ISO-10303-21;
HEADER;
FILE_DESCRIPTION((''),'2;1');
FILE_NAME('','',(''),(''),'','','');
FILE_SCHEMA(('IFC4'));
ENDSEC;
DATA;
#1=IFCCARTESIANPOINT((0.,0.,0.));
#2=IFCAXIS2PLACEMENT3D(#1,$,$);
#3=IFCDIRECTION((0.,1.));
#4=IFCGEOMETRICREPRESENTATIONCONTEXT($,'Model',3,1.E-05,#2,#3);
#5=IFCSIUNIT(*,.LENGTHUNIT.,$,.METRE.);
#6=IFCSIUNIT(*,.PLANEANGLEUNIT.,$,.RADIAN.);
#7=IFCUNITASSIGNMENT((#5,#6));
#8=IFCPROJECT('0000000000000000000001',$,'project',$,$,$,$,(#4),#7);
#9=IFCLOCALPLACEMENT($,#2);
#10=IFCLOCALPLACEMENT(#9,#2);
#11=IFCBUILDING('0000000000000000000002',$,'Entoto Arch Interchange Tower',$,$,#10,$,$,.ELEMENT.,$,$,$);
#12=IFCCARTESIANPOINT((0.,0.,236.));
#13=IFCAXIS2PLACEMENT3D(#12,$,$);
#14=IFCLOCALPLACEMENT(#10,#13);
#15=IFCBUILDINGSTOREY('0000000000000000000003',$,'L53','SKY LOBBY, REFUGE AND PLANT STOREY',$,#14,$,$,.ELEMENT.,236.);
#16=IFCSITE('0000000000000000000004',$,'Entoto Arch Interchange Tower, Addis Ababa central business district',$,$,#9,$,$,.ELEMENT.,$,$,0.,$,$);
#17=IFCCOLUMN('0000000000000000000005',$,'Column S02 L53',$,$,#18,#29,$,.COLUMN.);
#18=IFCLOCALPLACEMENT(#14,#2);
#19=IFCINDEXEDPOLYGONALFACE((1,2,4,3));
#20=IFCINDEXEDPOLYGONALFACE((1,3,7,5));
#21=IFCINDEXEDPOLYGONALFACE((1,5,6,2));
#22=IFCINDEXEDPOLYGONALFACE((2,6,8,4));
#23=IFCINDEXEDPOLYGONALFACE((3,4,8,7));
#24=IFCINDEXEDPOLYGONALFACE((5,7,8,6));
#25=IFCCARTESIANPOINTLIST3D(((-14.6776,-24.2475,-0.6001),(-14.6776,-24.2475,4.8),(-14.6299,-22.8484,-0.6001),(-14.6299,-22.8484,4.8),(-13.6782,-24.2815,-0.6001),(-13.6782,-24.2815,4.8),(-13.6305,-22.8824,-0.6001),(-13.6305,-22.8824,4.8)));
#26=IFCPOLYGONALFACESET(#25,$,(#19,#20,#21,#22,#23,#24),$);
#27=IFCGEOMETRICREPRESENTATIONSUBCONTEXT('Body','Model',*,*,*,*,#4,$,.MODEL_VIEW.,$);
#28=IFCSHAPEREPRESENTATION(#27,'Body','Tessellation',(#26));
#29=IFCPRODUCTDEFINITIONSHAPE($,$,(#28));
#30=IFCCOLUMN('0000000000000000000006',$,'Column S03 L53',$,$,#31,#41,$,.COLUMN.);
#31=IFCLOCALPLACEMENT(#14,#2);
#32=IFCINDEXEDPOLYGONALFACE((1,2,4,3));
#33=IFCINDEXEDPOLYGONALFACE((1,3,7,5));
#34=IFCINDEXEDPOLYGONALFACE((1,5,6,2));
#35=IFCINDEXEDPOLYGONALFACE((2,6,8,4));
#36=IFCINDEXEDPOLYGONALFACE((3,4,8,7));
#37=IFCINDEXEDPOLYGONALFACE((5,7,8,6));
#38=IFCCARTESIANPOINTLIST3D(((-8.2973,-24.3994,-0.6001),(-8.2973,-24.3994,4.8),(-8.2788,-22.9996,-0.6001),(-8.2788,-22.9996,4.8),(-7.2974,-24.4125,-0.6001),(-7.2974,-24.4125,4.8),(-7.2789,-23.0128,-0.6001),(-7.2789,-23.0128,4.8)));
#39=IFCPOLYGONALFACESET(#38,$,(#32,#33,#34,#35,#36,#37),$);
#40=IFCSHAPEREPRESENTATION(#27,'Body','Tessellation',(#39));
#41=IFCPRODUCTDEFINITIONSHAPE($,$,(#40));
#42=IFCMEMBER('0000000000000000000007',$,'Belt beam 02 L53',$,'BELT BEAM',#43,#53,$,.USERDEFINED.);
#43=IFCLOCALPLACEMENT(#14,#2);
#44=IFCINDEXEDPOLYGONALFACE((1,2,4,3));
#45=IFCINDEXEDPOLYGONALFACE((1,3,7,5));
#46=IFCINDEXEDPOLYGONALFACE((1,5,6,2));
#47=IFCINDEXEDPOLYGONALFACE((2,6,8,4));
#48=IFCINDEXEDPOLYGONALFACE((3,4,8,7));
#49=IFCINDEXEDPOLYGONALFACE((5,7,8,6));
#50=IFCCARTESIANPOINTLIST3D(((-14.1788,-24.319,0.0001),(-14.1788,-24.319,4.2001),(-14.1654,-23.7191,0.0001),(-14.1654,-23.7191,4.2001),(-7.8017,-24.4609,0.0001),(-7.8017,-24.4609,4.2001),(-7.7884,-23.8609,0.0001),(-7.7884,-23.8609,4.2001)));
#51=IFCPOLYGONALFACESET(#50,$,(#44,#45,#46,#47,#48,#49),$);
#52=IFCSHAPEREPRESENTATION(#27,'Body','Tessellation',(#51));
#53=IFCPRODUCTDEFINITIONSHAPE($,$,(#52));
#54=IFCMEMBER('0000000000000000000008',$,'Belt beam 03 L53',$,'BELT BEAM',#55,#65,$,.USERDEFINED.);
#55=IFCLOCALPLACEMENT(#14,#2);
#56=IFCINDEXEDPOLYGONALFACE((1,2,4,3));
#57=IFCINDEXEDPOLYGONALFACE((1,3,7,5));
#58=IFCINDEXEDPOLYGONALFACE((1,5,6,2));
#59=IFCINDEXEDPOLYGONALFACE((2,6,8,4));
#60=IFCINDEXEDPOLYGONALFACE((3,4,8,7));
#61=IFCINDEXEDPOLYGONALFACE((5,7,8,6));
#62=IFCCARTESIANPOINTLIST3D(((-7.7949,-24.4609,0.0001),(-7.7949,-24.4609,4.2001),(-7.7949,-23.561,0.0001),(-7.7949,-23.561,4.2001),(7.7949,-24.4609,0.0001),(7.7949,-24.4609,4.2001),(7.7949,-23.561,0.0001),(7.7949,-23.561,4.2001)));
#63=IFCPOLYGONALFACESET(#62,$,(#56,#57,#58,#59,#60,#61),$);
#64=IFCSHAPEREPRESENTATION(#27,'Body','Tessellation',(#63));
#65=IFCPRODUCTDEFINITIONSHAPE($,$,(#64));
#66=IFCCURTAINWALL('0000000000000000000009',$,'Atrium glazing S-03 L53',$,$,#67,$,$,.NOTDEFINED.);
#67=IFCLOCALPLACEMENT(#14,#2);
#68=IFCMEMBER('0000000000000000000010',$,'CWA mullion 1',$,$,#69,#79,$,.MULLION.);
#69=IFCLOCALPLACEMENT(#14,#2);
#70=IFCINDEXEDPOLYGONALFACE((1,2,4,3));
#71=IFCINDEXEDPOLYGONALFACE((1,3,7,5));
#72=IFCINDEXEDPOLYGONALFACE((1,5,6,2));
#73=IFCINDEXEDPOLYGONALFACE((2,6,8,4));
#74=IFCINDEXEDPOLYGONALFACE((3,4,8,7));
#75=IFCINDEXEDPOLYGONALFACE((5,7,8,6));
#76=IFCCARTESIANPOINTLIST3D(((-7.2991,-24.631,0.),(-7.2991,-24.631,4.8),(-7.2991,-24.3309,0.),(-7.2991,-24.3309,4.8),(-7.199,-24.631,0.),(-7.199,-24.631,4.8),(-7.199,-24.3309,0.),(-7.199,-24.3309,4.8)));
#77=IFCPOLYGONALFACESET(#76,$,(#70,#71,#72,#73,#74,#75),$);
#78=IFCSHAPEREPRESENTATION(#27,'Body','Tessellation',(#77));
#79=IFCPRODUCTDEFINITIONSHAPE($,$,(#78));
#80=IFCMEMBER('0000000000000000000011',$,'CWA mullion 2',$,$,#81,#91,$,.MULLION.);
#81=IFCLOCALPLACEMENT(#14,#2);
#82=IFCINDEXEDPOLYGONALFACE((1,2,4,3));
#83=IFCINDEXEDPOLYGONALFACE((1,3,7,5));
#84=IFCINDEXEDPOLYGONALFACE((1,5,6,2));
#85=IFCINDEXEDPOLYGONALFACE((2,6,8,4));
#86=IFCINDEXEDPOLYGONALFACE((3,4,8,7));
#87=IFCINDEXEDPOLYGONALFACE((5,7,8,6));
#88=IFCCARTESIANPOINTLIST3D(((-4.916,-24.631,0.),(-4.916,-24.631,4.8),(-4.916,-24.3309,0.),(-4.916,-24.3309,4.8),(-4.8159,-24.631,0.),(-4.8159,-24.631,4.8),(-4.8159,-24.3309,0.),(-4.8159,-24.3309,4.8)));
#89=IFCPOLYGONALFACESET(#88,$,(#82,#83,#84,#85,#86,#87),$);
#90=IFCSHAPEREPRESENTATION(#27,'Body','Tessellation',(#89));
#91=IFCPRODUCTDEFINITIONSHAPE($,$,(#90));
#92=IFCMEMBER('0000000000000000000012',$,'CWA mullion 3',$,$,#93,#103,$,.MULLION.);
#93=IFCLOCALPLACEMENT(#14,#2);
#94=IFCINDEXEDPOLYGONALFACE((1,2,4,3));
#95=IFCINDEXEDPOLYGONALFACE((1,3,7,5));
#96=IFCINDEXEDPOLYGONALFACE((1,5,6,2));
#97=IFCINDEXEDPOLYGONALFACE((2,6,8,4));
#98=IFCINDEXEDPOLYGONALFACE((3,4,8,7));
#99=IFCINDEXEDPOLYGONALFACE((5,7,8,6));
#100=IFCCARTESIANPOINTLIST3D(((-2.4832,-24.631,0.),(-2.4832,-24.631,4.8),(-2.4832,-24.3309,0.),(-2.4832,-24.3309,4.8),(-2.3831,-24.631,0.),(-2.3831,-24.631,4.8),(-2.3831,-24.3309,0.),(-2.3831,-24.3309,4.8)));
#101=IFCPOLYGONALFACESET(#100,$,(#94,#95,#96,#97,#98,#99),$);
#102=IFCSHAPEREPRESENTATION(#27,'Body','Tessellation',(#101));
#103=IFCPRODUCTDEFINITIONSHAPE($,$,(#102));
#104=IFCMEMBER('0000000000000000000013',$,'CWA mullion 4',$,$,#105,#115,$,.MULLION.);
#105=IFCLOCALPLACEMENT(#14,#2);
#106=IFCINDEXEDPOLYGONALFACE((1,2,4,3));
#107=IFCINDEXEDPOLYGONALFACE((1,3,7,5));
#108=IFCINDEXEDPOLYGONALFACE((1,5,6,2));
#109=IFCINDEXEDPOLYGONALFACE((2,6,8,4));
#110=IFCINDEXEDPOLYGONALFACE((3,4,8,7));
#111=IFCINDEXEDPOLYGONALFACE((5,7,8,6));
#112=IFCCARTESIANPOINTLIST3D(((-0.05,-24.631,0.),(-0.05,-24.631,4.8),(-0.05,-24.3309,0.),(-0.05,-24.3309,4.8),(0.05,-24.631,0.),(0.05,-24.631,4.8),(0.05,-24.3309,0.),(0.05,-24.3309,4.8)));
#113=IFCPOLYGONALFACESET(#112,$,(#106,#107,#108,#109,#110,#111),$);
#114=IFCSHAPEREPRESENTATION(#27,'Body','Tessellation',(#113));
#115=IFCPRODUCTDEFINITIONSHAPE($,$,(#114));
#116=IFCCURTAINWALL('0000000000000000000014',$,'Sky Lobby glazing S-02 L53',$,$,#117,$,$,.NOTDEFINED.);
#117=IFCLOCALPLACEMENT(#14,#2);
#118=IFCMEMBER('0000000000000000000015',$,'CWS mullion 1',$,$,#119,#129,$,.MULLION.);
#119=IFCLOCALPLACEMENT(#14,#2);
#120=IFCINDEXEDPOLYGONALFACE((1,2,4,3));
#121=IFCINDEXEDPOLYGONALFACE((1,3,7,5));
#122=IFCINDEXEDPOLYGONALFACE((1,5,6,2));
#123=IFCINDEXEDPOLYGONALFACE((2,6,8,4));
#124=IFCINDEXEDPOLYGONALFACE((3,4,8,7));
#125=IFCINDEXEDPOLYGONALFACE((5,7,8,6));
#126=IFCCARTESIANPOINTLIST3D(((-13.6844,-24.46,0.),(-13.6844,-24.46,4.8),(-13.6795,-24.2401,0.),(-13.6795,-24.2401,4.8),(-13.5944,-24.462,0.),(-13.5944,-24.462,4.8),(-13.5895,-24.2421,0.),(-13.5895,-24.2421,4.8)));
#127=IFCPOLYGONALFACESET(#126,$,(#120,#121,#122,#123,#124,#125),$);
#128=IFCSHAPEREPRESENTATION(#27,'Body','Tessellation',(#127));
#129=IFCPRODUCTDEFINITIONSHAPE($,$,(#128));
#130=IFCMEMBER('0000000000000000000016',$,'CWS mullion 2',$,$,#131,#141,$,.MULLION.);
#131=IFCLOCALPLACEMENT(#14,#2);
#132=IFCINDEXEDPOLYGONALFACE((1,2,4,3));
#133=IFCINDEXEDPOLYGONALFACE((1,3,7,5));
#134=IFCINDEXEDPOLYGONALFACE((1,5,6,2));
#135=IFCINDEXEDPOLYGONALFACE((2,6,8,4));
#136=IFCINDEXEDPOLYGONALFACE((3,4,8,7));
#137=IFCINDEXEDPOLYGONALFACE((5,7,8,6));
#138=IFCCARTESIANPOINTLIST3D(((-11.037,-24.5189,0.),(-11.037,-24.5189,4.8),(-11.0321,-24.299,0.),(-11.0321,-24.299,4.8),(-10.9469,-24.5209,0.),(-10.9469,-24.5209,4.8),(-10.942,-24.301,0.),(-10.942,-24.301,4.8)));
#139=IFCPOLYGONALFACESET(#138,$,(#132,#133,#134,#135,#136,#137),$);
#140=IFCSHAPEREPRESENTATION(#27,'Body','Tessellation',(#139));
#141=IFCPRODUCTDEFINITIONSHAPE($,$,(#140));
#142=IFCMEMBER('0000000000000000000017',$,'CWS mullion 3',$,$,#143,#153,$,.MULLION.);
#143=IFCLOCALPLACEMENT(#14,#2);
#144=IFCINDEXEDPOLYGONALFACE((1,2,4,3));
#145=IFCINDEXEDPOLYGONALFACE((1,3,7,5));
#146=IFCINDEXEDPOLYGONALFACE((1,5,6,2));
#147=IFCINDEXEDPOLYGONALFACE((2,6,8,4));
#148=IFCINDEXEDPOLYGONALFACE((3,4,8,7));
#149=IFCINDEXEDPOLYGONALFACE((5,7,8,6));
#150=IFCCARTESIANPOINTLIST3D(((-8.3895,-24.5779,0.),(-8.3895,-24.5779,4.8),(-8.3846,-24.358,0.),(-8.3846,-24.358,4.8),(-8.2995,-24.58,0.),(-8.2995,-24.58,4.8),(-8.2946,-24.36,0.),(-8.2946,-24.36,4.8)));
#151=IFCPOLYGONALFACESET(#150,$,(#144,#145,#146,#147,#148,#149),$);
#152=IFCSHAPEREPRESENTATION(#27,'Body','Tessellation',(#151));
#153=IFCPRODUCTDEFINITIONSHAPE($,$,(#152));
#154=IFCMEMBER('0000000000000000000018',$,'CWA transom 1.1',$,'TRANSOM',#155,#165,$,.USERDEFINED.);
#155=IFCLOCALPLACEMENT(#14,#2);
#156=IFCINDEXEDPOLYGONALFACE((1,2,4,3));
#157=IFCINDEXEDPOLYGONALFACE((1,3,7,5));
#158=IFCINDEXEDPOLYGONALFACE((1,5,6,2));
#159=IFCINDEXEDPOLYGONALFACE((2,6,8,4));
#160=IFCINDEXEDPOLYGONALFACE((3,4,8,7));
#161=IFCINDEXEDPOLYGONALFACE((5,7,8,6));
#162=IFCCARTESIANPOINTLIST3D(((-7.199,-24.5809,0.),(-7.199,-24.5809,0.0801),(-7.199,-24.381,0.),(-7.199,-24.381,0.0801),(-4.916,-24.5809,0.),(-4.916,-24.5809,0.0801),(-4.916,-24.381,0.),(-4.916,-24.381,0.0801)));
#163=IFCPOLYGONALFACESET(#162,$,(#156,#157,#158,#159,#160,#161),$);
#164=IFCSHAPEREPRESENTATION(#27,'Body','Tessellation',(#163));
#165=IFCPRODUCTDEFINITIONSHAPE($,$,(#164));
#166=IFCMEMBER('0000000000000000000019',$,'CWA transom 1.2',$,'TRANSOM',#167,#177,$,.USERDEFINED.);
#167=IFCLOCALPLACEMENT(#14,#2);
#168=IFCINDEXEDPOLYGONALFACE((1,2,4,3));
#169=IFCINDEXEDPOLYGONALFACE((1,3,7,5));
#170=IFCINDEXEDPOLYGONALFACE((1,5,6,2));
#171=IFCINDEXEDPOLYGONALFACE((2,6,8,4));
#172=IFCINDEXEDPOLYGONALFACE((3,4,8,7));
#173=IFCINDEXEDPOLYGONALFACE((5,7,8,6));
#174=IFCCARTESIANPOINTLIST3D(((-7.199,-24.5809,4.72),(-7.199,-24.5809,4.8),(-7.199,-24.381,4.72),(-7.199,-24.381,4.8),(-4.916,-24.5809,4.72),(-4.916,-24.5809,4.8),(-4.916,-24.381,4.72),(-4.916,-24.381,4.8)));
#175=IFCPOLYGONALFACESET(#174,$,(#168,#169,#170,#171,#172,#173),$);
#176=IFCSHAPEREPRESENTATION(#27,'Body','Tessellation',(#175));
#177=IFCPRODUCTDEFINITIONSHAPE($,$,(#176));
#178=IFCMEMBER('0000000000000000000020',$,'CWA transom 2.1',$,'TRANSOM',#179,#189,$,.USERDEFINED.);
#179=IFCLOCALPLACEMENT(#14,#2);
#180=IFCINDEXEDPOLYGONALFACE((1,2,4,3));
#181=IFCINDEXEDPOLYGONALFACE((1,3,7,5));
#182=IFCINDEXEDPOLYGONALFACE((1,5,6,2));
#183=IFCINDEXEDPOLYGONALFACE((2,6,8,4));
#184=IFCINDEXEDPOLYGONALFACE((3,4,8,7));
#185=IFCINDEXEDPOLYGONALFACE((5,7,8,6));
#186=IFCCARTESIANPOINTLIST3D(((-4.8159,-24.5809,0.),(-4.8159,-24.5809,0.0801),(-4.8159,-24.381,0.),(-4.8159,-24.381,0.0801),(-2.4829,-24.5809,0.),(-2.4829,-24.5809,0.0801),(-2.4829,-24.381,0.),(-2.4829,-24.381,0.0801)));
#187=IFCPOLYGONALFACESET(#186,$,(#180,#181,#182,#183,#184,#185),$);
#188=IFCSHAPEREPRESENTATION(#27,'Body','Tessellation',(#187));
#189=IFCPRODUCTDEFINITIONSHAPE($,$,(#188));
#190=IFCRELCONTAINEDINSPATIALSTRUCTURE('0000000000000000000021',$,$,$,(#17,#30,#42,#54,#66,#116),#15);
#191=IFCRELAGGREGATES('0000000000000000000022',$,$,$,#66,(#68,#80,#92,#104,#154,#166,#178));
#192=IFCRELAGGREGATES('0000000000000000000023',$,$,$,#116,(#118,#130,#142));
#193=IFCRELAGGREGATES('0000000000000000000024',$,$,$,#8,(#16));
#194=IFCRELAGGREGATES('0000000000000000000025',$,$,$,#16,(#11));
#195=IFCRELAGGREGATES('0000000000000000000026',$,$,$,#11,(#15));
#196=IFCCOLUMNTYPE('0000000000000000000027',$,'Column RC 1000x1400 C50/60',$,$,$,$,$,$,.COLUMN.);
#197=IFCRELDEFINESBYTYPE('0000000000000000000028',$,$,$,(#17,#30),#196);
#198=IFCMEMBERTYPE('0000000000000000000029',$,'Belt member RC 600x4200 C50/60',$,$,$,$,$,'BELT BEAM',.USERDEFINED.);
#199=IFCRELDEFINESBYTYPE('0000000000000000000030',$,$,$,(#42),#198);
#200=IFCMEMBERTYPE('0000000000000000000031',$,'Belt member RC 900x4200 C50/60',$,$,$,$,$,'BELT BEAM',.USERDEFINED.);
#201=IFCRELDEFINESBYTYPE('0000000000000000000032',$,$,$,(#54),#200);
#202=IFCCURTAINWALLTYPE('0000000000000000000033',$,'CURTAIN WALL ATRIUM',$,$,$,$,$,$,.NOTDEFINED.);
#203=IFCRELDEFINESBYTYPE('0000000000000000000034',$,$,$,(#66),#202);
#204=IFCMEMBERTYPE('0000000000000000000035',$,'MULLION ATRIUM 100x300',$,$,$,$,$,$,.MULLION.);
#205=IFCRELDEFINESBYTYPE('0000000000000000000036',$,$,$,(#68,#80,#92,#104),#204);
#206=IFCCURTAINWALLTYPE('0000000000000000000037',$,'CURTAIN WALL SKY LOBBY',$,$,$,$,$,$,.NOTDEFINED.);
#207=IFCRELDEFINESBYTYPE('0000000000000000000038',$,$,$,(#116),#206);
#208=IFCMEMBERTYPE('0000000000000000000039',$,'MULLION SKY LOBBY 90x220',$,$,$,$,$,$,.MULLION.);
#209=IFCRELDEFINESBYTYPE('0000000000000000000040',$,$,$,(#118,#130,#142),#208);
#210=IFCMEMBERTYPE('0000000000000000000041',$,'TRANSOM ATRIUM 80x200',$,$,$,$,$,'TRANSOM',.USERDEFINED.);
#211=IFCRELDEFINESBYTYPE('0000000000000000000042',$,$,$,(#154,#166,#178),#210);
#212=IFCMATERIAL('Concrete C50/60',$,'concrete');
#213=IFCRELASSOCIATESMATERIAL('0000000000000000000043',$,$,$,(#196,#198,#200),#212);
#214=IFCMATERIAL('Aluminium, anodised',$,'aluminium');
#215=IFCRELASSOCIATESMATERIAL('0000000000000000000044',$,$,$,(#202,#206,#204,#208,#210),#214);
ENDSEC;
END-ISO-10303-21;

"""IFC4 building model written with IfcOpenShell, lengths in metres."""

from ifc_helpers import new_model, si_unit, direction, frame, origin, origin_2d, place, context, subcontext, project, spatial, rectangle, extrude, material, material_profile, profile_set, type_object, element, aggregate, save


model = new_model("IFC4")

# Units and contexts
model_context = context("Model", 3, precision=1e-05, world=origin(), true_north=direction((0.0, 1.0)))
body_context = subcontext(model_context, "Body", "Model", "MODEL_VIEW")
ifc_project = project(units=[si_unit("LENGTHUNIT", "METRE"), si_unit("PLANEANGLEUNIT", "RADIAN")], contexts=[model_context])

# Site, building, storey
site_placement = place(None, origin())
site = spatial("IfcSite", under=ifc_project, at=site_placement, Name="Entoto Arch Interchange Tower, Addis Ababa central business district", CompositionType="ELEMENT", RefElevation=0.0)
building_placement = place(site_placement, origin())
building = spatial("IfcBuilding", under=site, at=building_placement, Name="Entoto Arch Interchange Tower", CompositionType="ELEMENT")
storey_placement = place(building_placement, frame((0.0, 0.0, 236.0)))
storey = spatial("IfcBuildingStorey", under=building, at=storey_placement, Name="L53", Description="SKY LOBBY, REFUGE AND PLANT STOREY", CompositionType="ELEMENT", Elevation=236.0)

# Columns
ifc_material_1 = material(Name="Concrete C50/60", Category="concrete")
ifc_material_profile_1 = material_profile(ifc_material_1, rectangle(XDim=1.0, YDim=1.3999, at=origin_2d()))
ifc_profile_set_1 = profile_set([ifc_material_profile_1], Name="Concrete C50/60")
column_type = type_object("IfcColumnType", Name="Column RC 1000x1400 C50/60", PredefinedType="COLUMN", material=ifc_profile_set_1)
for number, where, z_axis, x_axis, name in (
    (1, (-14.1541, -23.5649, -0.6001), (0.0, 0.0, 1.0), (-0.999421, 0.034027, 0.0), "Column S02 L53"),
    (2, (-7.7881, -23.7061, -0.6001), (0.0, 0.0, 1.0), (-0.999913, 0.013177, 0.0), "Column S03 L53"),
):
    element("IfcColumn", number, at=place(storey_placement, frame(where, z_axis=z_axis, x_axis=x_axis)), inside=storey, type_object=column_type, Name=name, PredefinedType="COLUMN", context=body_context, shape_type="SweptSolid", body=[
        extrude(rectangle(XDim=1.0, YDim=1.3999, at=origin_2d()), origin(), (0.0, 0.0, 1.0), 5.4001),
    ])

# Members
ifc_material_profile_2 = material_profile(ifc_material_1, rectangle(XDim=0.6001, YDim=4.2, at=origin_2d()))
ifc_profile_set_2 = profile_set([ifc_material_profile_2], Name="Concrete C50/60")
member_type_1 = type_object("IfcMemberType", Name="Belt member RC 600x4200 C50/60", ElementType="BELT BEAM", PredefinedType="USERDEFINED", material=ifc_profile_set_2)
member_1_placement = place(storey_placement, frame((-14.1721, -24.019, 2.1001), z_axis=(0.999753, -0.022237, 0.0), x_axis=(0.022237, 0.999753, 0.0)))
element("IfcMember", 3, at=member_1_placement, inside=storey, type_object=member_type_1, Name="Belt beam 02 L53", ObjectType="BELT BEAM", PredefinedType="USERDEFINED", context=body_context, shape_type="SweptSolid", body=[
    extrude(rectangle(XDim=0.6001, YDim=4.2, at=origin_2d()), origin(), (0.0, 0.0, 1.0), 6.3787),
])
ifc_material_profile_3 = material_profile(ifc_material_1, rectangle(XDim=0.8999, YDim=4.2, at=origin_2d()))
ifc_profile_set_3 = profile_set([ifc_material_profile_3], Name="Concrete C50/60")
member_type_2 = type_object("IfcMemberType", Name="Belt member RC 900x4200 C50/60", ElementType="BELT BEAM", PredefinedType="USERDEFINED", material=ifc_profile_set_3)
member_2_placement = place(storey_placement, frame((-7.7949, -24.011, 2.1001), z_axis=(1.0, 0.0, 0.0), x_axis=(0.0, 1.0, 0.0)))
element("IfcMember", 4, at=member_2_placement, inside=storey, type_object=member_type_2, Name="Belt beam 03 L53", ObjectType="BELT BEAM", PredefinedType="USERDEFINED", context=body_context, shape_type="SweptSolid", body=[
    extrude(rectangle(XDim=0.8999, YDim=4.2, at=origin_2d()), origin(), (0.0, 0.0, 1.0), 15.5898),
])

# Curtain walls, members
ifc_material_2 = material(Name="Aluminium, anodised", Category="aluminium")
curtain_wall_type_1 = type_object("IfcCurtainWallType", Name="CURTAIN WALL ATRIUM", PredefinedType="NOTDEFINED", material=ifc_material_2)
curtain_wall_1_placement = place(storey_placement, origin())
curtain_wall_1 = element("IfcCurtainWall", 5, at=curtain_wall_1_placement, inside=storey, type_object=curtain_wall_type_1, Name="Atrium glazing S-03 L53", PredefinedType="NOTDEFINED")
ifc_material_profile_4 = material_profile(ifc_material_2, rectangle(XDim=0.3, YDim=0.1001, at=origin_2d()))
ifc_profile_set_4 = profile_set([ifc_material_profile_4], Name="Aluminium, anodised")
member_type_3 = type_object("IfcMemberType", Name="MULLION ATRIUM 100x300", PredefinedType="MULLION", material=ifc_profile_set_4)
member_3_placement = place(storey_placement, frame((-7.249, -24.481, 0.0), z_axis=(0.0, 0.0, 1.0), x_axis=(0.0, 1.0, 0.0)))
member_3 = element("IfcMember", 6, at=member_3_placement, type_object=member_type_3, Name="CWA mullion 1", PredefinedType="MULLION", context=body_context, shape_type="SweptSolid", body=[
    extrude(rectangle(XDim=0.3, YDim=0.1001, at=origin_2d()), origin(), (0.0, 0.0, 1.0), 4.8),
])
member_4_placement = place(storey_placement, frame((-4.866, -24.481, 0.0), z_axis=(0.0, 0.0, 1.0), x_axis=(0.0, 1.0, 0.0)))
member_4 = element("IfcMember", 7, at=member_4_placement, type_object=member_type_3, Name="CWA mullion 2", PredefinedType="MULLION", context=body_context, shape_type="SweptSolid", body=[
    extrude(rectangle(XDim=0.3, YDim=0.1001, at=origin_2d()), origin(), (0.0, 0.0, 1.0), 4.8),
])
member_5_placement = place(storey_placement, frame((-2.4331, -24.481, 0.0), z_axis=(0.0, 0.0, 1.0), x_axis=(0.0, 1.0, 0.0)))
member_5 = element("IfcMember", 8, at=member_5_placement, type_object=member_type_3, Name="CWA mullion 3", PredefinedType="MULLION", context=body_context, shape_type="SweptSolid", body=[
    extrude(rectangle(XDim=0.3, YDim=0.1001, at=origin_2d()), origin(), (0.0, 0.0, 1.0), 4.8),
])
member_6_placement = place(storey_placement, frame((0.0, -24.481, 0.0), z_axis=(0.0, 0.0, 1.0), x_axis=(0.0, 1.0, 0.0)))
member_6 = element("IfcMember", 9, at=member_6_placement, type_object=member_type_3, Name="CWA mullion 4", PredefinedType="MULLION", context=body_context, shape_type="SweptSolid", body=[
    extrude(rectangle(XDim=0.3, YDim=0.1001, at=origin_2d()), origin(), (0.0, 0.0, 1.0), 4.8),
])
curtain_wall_type_2 = type_object("IfcCurtainWallType", Name="CURTAIN WALL SKY LOBBY", PredefinedType="NOTDEFINED", material=ifc_material_2)
curtain_wall_2_placement = place(storey_placement, origin())
curtain_wall_2 = element("IfcCurtainWall", 10, at=curtain_wall_2_placement, inside=storey, type_object=curtain_wall_type_2, Name="Sky Lobby glazing S-02 L53", PredefinedType="NOTDEFINED")
ifc_material_profile_5 = material_profile(ifc_material_2, rectangle(XDim=0.22, YDim=0.0901, at=origin_2d()))
ifc_profile_set_5 = profile_set([ifc_material_profile_5], Name="Aluminium, anodised")
member_type_4 = type_object("IfcMemberType", Name="MULLION SKY LOBBY 90x220", PredefinedType="MULLION", material=ifc_profile_set_5)
member_7_placement = place(storey_placement, frame((-13.637, -24.3511, 0.0), z_axis=(0.0, 0.0, 1.0), x_axis=(0.022279, 0.999752, 0.0)))
member_7 = element("IfcMember", 11, at=member_7_placement, type_object=member_type_4, Name="CWS mullion 1", PredefinedType="MULLION", context=body_context, shape_type="SweptSolid", body=[
    extrude(rectangle(XDim=0.22, YDim=0.0901, at=origin_2d()), origin(), (0.0, 0.0, 1.0), 4.8),
])
member_8_placement = place(storey_placement, frame((-10.9895, -24.4099, 0.0), z_axis=(0.0, 0.0, 1.0), x_axis=(0.022279, 0.999752, 0.0)))
member_8 = element("IfcMember", 12, at=member_8_placement, type_object=member_type_4, Name="CWS mullion 2", PredefinedType="MULLION", context=body_context, shape_type="SweptSolid", body=[
    extrude(rectangle(XDim=0.22, YDim=0.0901, at=origin_2d()), origin(), (0.0, 0.0, 1.0), 4.8),
])
member_9_placement = place(storey_placement, frame((-8.342, -24.469, 0.0), z_axis=(0.0, 0.0, 1.0), x_axis=(0.022279, 0.999752, 0.0)))
member_9 = element("IfcMember", 13, at=member_9_placement, type_object=member_type_4, Name="CWS mullion 3", PredefinedType="MULLION", context=body_context, shape_type="SweptSolid", body=[
    extrude(rectangle(XDim=0.22, YDim=0.0901, at=origin_2d()), origin(), (0.0, 0.0, 1.0), 4.8),
])

# Members
ifc_material_profile_6 = material_profile(ifc_material_2, rectangle(XDim=0.2, YDim=0.0801, at=origin_2d()))
ifc_profile_set_6 = profile_set([ifc_material_profile_6], Name="Aluminium, anodised")
member_type_5 = type_object("IfcMemberType", Name="TRANSOM ATRIUM 80x200", ElementType="TRANSOM", PredefinedType="USERDEFINED", material=ifc_profile_set_6)
member_10_placement = place(storey_placement, frame((-7.199, -24.481, 0.04), z_axis=(1.0, 0.0, 0.0), x_axis=(0.0, 1.0, 0.0)))
member_10 = element("IfcMember", 14, at=member_10_placement, type_object=member_type_5, Name="CWA transom 1.1", ObjectType="TRANSOM", PredefinedType="USERDEFINED", context=body_context, shape_type="SweptSolid", body=[
    extrude(rectangle(XDim=0.2, YDim=0.0801, at=origin_2d()), origin(), (0.0, 0.0, 1.0), 2.283),
])
member_11_placement = place(storey_placement, frame((-7.199, -24.481, 4.76), z_axis=(1.0, 0.0, 0.0), x_axis=(0.0, 1.0, 0.0)))
member_11 = element("IfcMember", 15, at=member_11_placement, type_object=member_type_5, Name="CWA transom 1.2", ObjectType="TRANSOM", PredefinedType="USERDEFINED", context=body_context, shape_type="SweptSolid", body=[
    extrude(rectangle(XDim=0.2, YDim=0.0801, at=origin_2d()), origin(), (0.0, 0.0, 1.0), 2.283),
])
member_12_placement = place(storey_placement, frame((-4.8159, -24.481, 0.04), z_axis=(1.0, 0.0, 0.0), x_axis=(0.0, 1.0, 0.0)))
member_12 = element("IfcMember", 16, at=member_12_placement, type_object=member_type_5, Name="CWA transom 2.1", ObjectType="TRANSOM", PredefinedType="USERDEFINED", context=body_context, shape_type="SweptSolid", body=[
    extrude(rectangle(XDim=0.2, YDim=0.0801, at=origin_2d()), origin(), (0.0, 0.0, 1.0), 2.333),
])

aggregate(curtain_wall_1, [member_3, member_4, member_5, member_6, member_10, member_11, member_12])
aggregate(curtain_wall_2, [member_7, member_8, member_9])

save(model, "model.ifc")
